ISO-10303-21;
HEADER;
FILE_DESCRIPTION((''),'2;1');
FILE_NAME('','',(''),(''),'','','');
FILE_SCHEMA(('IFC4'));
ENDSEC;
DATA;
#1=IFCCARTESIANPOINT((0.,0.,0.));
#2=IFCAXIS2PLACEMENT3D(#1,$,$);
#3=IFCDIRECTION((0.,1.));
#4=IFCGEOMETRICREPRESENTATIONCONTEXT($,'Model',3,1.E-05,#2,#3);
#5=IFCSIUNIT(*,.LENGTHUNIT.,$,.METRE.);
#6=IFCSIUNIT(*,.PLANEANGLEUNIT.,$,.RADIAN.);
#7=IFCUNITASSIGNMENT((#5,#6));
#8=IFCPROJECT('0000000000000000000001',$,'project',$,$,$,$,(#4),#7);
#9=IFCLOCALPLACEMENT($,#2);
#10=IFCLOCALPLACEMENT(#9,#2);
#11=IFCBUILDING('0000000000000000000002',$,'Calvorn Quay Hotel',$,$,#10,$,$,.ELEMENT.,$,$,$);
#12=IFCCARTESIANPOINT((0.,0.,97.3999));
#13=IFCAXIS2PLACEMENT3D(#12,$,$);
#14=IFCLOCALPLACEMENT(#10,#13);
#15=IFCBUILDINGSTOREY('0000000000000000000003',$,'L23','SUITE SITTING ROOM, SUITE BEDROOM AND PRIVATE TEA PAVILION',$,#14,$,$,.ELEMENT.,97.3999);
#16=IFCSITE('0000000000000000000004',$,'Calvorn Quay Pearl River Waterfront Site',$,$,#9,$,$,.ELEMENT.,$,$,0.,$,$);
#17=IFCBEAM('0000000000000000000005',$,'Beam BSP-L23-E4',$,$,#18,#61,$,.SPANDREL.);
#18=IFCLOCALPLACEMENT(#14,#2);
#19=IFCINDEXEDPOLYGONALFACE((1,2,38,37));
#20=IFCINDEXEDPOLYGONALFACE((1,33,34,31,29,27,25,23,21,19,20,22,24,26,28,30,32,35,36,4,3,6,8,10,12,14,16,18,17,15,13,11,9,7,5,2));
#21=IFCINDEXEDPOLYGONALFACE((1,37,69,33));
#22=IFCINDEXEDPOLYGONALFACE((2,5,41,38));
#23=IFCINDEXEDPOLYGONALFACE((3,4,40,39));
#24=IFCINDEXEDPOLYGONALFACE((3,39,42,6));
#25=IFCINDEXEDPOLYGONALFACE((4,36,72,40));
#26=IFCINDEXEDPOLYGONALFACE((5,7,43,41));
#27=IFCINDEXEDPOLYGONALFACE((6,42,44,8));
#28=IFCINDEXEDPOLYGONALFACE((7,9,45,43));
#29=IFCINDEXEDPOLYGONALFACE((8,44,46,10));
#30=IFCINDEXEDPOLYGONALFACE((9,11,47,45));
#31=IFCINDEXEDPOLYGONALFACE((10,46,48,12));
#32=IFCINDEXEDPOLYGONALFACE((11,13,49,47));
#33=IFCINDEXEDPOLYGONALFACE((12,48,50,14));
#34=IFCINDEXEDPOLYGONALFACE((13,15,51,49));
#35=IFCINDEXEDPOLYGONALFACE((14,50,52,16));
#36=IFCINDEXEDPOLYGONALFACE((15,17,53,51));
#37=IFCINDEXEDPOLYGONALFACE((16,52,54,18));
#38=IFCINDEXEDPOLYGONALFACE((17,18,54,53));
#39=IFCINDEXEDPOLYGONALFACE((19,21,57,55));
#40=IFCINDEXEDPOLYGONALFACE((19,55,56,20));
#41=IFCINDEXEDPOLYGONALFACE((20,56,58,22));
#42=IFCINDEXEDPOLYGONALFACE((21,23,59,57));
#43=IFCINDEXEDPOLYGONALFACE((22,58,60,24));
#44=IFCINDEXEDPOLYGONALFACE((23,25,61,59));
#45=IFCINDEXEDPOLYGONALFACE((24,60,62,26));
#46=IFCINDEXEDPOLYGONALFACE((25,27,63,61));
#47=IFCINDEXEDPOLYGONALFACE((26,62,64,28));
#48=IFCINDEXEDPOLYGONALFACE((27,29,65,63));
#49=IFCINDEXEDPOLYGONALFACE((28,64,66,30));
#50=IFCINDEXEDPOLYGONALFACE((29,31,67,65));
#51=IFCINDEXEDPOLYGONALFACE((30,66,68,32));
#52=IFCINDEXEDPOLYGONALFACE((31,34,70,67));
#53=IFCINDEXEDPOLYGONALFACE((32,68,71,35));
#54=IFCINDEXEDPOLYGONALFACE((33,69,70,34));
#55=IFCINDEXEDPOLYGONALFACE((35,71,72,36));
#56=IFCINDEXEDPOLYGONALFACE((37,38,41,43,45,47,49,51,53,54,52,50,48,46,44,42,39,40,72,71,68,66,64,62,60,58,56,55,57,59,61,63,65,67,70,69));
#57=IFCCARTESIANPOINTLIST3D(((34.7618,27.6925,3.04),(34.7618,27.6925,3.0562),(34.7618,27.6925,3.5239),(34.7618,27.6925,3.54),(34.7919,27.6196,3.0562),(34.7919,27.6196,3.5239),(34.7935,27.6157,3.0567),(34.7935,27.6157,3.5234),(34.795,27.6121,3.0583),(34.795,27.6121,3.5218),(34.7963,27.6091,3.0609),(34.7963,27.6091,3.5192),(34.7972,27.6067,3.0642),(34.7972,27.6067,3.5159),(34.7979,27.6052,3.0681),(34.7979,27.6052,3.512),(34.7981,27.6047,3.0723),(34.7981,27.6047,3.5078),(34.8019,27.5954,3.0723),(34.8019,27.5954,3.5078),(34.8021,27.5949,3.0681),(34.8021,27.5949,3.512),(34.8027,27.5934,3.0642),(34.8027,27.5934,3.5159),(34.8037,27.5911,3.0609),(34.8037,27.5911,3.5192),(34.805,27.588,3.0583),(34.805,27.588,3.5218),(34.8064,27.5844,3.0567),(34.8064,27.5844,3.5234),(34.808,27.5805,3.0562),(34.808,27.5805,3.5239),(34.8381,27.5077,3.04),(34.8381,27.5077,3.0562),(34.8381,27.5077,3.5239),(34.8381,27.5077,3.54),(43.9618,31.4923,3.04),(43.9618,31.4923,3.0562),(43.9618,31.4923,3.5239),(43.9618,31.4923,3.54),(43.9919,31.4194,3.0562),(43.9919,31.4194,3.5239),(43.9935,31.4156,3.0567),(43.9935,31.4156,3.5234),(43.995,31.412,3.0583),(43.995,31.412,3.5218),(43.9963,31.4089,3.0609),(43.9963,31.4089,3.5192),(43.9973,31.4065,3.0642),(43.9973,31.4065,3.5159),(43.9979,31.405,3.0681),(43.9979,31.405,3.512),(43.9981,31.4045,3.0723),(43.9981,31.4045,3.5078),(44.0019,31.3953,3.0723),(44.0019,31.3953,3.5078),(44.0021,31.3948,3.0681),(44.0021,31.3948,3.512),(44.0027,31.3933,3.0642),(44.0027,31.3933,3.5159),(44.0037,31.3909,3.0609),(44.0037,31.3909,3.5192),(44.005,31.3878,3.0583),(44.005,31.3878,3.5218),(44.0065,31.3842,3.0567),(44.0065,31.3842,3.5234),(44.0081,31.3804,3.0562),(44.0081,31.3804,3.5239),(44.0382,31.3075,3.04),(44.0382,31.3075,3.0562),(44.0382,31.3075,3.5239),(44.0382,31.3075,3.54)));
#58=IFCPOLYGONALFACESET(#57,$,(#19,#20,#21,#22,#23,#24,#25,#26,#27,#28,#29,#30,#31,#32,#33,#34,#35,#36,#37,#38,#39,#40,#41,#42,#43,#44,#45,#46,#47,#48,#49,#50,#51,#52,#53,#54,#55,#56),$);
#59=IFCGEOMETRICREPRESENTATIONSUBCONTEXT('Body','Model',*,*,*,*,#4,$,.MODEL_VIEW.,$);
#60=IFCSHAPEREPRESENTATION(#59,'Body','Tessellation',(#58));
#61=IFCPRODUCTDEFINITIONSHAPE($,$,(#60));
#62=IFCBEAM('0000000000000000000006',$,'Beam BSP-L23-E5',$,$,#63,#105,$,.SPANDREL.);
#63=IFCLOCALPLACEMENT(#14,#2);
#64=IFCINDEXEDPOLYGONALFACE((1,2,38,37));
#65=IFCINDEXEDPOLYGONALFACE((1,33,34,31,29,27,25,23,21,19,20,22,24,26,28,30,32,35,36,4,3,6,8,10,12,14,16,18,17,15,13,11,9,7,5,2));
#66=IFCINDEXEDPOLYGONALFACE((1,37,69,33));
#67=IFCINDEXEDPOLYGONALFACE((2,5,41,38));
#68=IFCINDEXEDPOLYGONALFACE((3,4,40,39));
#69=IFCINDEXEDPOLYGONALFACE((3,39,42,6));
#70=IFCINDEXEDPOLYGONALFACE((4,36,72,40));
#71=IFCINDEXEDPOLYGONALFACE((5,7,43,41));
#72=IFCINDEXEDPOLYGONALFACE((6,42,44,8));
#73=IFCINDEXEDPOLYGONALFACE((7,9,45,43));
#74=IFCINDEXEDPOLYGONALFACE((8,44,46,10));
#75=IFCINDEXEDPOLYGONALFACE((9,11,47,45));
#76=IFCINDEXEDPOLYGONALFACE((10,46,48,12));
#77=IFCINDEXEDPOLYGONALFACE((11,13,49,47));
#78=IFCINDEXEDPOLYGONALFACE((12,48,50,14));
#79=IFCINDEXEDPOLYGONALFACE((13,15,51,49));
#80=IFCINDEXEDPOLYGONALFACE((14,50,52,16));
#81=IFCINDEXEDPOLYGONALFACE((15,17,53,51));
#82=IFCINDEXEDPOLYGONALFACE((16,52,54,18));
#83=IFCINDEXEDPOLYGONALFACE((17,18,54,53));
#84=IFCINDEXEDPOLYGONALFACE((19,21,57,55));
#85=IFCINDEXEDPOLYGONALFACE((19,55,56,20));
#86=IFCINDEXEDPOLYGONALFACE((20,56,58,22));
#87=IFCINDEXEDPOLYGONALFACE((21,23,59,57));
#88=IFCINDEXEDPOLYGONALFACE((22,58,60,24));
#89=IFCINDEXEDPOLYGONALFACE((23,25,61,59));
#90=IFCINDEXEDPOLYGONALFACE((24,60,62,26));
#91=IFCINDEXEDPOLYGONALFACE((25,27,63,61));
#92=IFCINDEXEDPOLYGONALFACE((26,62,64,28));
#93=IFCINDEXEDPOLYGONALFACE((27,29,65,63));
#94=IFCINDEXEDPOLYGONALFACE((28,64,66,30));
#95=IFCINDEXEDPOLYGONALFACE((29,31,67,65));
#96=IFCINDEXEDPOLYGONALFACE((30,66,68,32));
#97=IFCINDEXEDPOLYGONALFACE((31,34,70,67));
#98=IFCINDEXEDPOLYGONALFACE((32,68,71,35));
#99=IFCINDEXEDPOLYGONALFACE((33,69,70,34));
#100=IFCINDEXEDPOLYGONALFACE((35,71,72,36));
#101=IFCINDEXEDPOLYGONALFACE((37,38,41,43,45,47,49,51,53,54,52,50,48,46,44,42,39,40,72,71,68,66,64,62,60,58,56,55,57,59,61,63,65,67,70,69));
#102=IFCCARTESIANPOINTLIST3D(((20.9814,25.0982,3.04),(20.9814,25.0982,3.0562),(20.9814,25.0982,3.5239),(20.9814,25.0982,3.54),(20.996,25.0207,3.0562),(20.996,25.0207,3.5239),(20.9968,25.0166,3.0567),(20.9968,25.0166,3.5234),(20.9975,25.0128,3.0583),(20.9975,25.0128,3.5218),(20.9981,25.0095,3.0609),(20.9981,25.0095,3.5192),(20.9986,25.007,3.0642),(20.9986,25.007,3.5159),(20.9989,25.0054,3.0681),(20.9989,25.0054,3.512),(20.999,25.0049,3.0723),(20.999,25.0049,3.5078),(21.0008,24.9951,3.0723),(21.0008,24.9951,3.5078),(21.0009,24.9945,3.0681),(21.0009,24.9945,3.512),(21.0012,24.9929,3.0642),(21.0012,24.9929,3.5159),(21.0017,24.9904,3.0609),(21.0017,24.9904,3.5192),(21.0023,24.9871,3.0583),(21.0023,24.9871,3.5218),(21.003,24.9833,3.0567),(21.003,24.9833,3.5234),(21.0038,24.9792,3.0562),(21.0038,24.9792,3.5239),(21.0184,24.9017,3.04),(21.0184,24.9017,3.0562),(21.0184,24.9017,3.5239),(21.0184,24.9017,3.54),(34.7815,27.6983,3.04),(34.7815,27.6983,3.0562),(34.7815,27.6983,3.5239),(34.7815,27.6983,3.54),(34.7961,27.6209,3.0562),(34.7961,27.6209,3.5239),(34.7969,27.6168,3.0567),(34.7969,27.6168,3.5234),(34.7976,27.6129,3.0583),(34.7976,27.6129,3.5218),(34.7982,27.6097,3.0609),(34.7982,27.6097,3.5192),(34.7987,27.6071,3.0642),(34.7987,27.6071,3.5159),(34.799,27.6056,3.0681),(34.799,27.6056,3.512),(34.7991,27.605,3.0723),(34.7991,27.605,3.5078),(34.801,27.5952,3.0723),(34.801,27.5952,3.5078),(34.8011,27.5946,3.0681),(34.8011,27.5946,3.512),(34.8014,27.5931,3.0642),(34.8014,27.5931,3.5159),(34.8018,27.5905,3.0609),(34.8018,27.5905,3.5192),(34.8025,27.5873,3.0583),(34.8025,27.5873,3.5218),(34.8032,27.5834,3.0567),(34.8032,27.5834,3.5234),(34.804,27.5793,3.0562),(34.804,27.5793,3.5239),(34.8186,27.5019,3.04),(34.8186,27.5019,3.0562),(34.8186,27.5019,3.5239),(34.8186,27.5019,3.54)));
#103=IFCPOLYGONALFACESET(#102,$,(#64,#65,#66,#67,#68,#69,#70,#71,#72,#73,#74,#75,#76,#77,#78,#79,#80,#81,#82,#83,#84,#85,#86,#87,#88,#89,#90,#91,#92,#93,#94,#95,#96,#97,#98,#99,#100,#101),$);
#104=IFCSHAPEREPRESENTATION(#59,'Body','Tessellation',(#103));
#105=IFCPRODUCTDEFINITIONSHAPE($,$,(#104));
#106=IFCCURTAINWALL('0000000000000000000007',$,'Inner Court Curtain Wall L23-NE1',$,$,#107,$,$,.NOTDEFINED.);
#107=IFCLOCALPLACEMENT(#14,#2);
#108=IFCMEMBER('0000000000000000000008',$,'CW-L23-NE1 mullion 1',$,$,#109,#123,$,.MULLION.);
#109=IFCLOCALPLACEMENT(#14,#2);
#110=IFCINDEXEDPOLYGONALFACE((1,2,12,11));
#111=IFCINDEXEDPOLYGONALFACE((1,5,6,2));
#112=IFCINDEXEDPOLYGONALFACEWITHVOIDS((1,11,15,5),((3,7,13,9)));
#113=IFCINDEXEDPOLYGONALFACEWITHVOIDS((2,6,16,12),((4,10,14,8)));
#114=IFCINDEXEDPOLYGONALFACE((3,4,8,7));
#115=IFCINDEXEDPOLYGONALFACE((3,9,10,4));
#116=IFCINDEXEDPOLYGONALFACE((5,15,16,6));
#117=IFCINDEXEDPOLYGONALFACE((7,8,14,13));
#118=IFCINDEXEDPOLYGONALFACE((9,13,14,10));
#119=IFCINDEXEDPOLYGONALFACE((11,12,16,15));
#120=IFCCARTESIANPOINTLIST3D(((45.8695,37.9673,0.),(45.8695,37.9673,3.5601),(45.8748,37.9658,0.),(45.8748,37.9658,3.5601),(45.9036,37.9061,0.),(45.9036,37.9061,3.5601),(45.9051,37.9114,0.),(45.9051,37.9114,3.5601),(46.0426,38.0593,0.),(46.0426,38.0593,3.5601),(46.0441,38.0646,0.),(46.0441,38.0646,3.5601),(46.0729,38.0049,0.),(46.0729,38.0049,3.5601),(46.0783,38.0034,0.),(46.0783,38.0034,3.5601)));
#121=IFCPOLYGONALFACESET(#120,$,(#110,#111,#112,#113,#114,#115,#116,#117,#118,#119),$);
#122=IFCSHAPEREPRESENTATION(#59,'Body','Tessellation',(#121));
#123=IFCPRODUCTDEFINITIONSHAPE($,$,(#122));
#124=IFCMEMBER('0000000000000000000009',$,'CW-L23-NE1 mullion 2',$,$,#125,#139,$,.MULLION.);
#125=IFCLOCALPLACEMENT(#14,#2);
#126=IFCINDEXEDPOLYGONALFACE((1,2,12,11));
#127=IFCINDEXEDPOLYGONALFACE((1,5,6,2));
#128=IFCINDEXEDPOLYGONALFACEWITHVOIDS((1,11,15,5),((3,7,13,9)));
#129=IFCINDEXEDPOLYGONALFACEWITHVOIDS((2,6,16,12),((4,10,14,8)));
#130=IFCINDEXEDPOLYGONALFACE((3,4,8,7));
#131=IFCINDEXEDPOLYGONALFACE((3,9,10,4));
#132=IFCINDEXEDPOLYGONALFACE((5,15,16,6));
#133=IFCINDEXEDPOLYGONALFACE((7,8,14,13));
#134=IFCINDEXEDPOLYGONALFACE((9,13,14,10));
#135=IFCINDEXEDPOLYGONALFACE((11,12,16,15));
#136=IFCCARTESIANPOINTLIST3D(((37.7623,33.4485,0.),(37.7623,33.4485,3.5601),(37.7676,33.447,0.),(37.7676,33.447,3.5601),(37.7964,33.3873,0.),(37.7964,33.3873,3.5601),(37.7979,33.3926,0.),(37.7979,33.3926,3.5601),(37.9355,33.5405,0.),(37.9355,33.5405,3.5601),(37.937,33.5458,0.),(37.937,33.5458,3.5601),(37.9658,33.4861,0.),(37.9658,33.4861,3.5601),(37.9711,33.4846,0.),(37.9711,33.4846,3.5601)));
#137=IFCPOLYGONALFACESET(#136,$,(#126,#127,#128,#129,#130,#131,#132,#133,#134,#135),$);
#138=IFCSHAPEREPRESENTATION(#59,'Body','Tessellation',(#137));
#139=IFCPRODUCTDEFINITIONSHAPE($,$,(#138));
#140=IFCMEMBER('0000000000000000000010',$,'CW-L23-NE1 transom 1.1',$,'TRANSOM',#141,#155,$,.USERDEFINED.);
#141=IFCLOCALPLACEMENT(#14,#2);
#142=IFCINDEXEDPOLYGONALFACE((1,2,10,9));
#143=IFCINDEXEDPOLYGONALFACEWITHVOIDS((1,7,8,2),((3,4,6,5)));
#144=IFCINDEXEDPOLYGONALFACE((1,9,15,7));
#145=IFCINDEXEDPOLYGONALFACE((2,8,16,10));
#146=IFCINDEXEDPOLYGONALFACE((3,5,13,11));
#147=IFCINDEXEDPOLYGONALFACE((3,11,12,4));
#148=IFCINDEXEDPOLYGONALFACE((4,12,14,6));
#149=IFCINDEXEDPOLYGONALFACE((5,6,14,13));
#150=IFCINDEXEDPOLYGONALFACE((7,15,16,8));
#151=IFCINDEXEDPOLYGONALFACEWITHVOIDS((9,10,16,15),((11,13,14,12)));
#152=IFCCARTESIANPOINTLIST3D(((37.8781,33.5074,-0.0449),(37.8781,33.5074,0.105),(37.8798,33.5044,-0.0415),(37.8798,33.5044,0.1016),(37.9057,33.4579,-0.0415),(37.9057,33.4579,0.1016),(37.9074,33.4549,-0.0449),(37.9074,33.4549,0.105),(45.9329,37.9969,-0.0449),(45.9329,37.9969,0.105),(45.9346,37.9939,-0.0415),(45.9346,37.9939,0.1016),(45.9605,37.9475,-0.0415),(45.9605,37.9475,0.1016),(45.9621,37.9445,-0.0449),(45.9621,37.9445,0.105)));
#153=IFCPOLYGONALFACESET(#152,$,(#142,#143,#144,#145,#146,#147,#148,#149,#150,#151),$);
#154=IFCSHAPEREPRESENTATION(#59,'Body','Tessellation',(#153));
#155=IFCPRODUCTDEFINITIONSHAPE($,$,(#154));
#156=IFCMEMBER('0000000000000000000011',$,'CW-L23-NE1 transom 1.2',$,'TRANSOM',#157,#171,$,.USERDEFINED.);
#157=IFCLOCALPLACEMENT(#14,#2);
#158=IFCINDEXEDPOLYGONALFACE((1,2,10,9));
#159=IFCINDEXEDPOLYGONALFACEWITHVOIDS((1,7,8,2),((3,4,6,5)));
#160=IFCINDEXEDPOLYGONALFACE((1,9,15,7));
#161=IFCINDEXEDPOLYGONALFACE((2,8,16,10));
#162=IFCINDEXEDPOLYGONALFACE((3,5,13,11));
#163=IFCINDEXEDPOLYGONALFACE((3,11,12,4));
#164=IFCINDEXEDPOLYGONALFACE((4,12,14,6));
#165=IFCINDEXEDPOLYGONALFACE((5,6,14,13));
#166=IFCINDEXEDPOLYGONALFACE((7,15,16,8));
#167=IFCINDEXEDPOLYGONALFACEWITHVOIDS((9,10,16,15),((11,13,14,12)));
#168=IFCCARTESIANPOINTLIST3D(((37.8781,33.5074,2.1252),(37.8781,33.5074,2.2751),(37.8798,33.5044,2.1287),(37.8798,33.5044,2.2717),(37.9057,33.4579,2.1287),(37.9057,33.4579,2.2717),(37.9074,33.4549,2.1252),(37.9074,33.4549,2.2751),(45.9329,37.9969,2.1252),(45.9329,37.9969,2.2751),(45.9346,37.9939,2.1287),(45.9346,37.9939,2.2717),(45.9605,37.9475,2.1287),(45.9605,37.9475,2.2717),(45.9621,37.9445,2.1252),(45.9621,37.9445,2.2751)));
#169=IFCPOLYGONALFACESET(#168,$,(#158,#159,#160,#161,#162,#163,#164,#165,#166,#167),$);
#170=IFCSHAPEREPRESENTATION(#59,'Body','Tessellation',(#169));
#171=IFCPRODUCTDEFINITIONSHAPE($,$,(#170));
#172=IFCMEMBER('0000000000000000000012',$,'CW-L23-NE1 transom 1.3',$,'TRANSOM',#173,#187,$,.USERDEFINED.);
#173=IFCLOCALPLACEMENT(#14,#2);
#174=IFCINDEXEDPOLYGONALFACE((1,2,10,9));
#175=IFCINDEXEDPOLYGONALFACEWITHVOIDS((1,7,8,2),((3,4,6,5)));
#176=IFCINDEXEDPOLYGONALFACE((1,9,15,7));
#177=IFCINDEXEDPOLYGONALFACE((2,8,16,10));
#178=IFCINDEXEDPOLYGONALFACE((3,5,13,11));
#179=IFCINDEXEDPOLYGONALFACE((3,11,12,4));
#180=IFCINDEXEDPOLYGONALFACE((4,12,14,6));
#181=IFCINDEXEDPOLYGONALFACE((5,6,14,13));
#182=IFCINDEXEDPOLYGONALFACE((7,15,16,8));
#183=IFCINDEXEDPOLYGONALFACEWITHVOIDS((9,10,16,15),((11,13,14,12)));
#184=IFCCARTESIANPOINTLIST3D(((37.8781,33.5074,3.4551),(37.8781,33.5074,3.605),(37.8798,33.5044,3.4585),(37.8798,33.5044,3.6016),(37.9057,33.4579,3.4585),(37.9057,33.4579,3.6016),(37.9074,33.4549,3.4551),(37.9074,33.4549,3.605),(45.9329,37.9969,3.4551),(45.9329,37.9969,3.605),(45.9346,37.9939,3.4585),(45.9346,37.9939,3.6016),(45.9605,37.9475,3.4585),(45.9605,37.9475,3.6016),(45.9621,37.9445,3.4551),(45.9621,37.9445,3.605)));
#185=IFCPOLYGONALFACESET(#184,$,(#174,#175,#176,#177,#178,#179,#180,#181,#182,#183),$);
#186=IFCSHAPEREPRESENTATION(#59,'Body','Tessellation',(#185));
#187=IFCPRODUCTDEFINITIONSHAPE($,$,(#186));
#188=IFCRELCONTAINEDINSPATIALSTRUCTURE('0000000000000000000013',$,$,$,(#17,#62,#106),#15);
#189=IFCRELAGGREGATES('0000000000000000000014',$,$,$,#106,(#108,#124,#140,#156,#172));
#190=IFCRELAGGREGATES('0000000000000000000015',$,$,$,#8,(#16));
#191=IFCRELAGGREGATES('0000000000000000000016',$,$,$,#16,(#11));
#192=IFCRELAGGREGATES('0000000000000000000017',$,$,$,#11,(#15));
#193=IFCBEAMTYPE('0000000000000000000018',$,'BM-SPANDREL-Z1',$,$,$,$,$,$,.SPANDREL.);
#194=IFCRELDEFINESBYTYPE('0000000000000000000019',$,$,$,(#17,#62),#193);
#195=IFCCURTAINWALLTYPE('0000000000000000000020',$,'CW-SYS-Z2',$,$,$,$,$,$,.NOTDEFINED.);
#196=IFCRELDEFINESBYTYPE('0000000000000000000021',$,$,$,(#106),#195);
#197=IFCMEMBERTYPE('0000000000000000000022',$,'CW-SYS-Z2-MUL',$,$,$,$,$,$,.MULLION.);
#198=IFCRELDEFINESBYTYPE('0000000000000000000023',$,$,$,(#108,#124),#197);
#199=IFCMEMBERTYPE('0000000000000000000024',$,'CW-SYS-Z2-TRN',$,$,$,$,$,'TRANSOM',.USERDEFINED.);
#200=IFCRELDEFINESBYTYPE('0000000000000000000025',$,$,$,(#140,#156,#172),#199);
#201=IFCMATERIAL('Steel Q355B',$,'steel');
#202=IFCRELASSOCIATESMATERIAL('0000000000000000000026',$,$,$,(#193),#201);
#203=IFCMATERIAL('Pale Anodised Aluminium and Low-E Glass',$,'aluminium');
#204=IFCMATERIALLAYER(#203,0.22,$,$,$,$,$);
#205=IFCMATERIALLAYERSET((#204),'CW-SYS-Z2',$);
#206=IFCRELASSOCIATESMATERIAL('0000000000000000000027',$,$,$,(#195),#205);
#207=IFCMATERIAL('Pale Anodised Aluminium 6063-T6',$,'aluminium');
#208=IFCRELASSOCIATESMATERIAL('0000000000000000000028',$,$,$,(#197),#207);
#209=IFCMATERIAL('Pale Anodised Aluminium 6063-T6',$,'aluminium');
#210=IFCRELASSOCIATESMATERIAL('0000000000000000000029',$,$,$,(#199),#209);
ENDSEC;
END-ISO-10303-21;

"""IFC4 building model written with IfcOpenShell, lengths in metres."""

from ifc_helpers import new_model, si_unit, direction, frame, origin, origin_2d, place, context, subcontext, project, spatial, hollow_rectangle, i_section, extrude, material, layer, layer_set, material_profile, profile_set, type_object, element, aggregate, save


model = new_model("IFC4")

# Units and contexts
model_context = context("Model", 3, precision=1e-05, world=origin(), true_north=direction((0.0, 1.0)))
body_context = subcontext(model_context, "Body", "Model", "MODEL_VIEW")
ifc_project = project(units=[si_unit("LENGTHUNIT", "METRE"), si_unit("PLANEANGLEUNIT", "RADIAN")], contexts=[model_context])

# Site, building, storey
site_placement = place(None, origin())
site = spatial("IfcSite", under=ifc_project, at=site_placement, Name="Calvorn Quay Pearl River Waterfront Site", CompositionType="ELEMENT", RefElevation=0.0)
building_placement = place(site_placement, origin())
building = spatial("IfcBuilding", under=site, at=building_placement, Name="Calvorn Quay Hotel", CompositionType="ELEMENT")
storey_placement = place(building_placement, frame((0.0, 0.0, 97.3999)))
storey = spatial("IfcBuildingStorey", under=building, at=storey_placement, Name="L23", Description="SUITE SITTING ROOM, SUITE BEDROOM AND PRIVATE TEA PAVILION", CompositionType="ELEMENT", Elevation=97.3999)

# Beams
ifc_material_1 = material(Name="Steel Q355B", Category="steel")
ifc_material_profile_1 = material_profile(ifc_material_1, i_section(OverallWidth=0.2, OverallDepth=0.5, WebThickness=0.01, FlangeThickness=0.0161, FilletRadius=0.0161, at=origin_2d()), Name="HN500x200x10x16")
ifc_profile_set_1 = profile_set([ifc_material_profile_1], Name="Steel Q355B")
beam_type = type_object("IfcBeamType", Name="BM-SPANDREL-Z1", PredefinedType="SPANDREL", material=ifc_profile_set_1)
beam_1_placement = place(storey_placement, frame((44.0, 31.3999, 3.29), z_axis=(-0.924268, -0.381745, 0.0), x_axis=(0.381745, -0.924268, 0.0)))
element("IfcBeam", 1, at=beam_1_placement, inside=storey, type_object=beam_type, Name="Beam BSP-L23-E4", PredefinedType="SPANDREL", context=body_context, shape_type="SweptSolid", body=[
    extrude(i_section(OverallWidth=0.2, OverallDepth=0.5, WebThickness=0.01, FlangeThickness=0.0161, FilletRadius=0.0161, at=origin_2d()), origin(), (0.0, 0.0, 1.0), 9.9539),
])
beam_2_placement = place(storey_placement, frame((34.8, 27.6001, 3.29), z_axis=(-0.982709, -0.185154, 0.0), x_axis=(0.185154, -0.982709, 0.0)))
element("IfcBeam", 2, at=beam_2_placement, inside=storey, type_object=beam_type, Name="Beam BSP-L23-E5", PredefinedType="SPANDREL", context=body_context, shape_type="SweptSolid", body=[
    extrude(i_section(OverallWidth=0.2, OverallDepth=0.5, WebThickness=0.01, FlangeThickness=0.0161, FilletRadius=0.0161, at=origin_2d()), origin(), (0.0, 0.0, 1.0), 14.043),
])

# Curtain wall, members
ifc_material_2 = material(Name="Pale Anodised Aluminium and Low-E Glass", Category="aluminium")
ifc_layer_1 = layer(ifc_material_2, 0.22)
ifc_layer_set_1 = layer_set([ifc_layer_1], Name="CW-SYS-Z2")
curtain_wall_type = type_object("IfcCurtainWallType", Name="CW-SYS-Z2", PredefinedType="NOTDEFINED", material=ifc_layer_set_1)
curtain_wall_placement = place(storey_placement, origin())
curtain_wall = element("IfcCurtainWall", 3, at=curtain_wall_placement, inside=storey, type_object=curtain_wall_type, Name="Inner Court Curtain Wall L23-NE1", PredefinedType="NOTDEFINED")
ifc_material_3 = material(Name="Pale Anodised Aluminium 6063-T6", Category="aluminium")
ifc_material_profile_2 = material_profile(ifc_material_3, hollow_rectangle(XDim=0.0701, YDim=0.2, WallThickness=0.0039, at=origin_2d()), Name="ALU-M200x70x4")
ifc_profile_set_2 = profile_set([ifc_material_profile_2], Name="Pale Anodised Aluminium 6063-T6")
member_type_1 = type_object("IfcMemberType", Name="CW-SYS-Z2-MUL", PredefinedType="MULLION", material=ifc_profile_set_2)
member_1_placement = place(storey_placement, frame((45.9739, 37.9854, 0.0), z_axis=(0.0, 0.0, 1.0), x_axis=(0.486858, -0.873481, 0.0)))
member_1 = element("IfcMember", 4, at=member_1_placement, type_object=member_type_1, Name="CW-L23-NE1 mullion 1", PredefinedType="MULLION", context=body_context, shape_type="SweptSolid", body=[
    extrude(hollow_rectangle(XDim=0.0701, YDim=0.2, WallThickness=0.0039, at=origin_2d()), origin(), (0.0, 0.0, 1.0), 3.5601),
])
member_2_placement = place(storey_placement, frame((37.8667, 33.4666, 0.0), z_axis=(0.0, 0.0, 1.0), x_axis=(0.486858, -0.873481, 0.0)))
member_2 = element("IfcMember", 5, at=member_2_placement, type_object=member_type_1, Name="CW-L23-NE1 mullion 2", PredefinedType="MULLION", context=body_context, shape_type="SweptSolid", body=[
    extrude(hollow_rectangle(XDim=0.0701, YDim=0.2, WallThickness=0.0039, at=origin_2d()), origin(), (0.0, 0.0, 1.0), 3.5601),
])
ifc_material_4 = material(Name="Pale Anodised Aluminium 6063-T6", Category="aluminium")
ifc_material_profile_3 = material_profile(ifc_material_4, hollow_rectangle(XDim=0.0601, YDim=0.1499, WallThickness=0.0034, at=origin_2d()), Name="ALU-T150x60x3.5")
ifc_profile_set_3 = profile_set([ifc_material_profile_3], Name="Pale Anodised Aluminium 6063-T6")
member_type_2 = type_object("IfcMemberType", Name="CW-SYS-Z2-TRN", ElementType="TRANSOM", PredefinedType="USERDEFINED", material=ifc_profile_set_3)
member_3_placement = place(storey_placement, frame((45.9475, 37.9707, 0.03), z_axis=(-0.873481, -0.486859, 0.0), x_axis=(0.486859, -0.873481, 0.0)))
member_3 = element("IfcMember", 6, at=member_3_placement, type_object=member_type_2, Name="CW-L23-NE1 transom 1.1", ObjectType="TRANSOM", PredefinedType="USERDEFINED", context=body_context, shape_type="SweptSolid", body=[
    extrude(hollow_rectangle(XDim=0.0601, YDim=0.1499, WallThickness=0.0034, at=origin_2d()), origin(), (0.0, 0.0, 1.0), 9.2214),
])
member_4_placement = place(storey_placement, frame((45.9475, 37.9707, 2.2002), z_axis=(-0.873481, -0.486859, 0.0), x_axis=(0.486859, -0.873481, 0.0)))
member_4 = element("IfcMember", 7, at=member_4_placement, type_object=member_type_2, Name="CW-L23-NE1 transom 1.2", ObjectType="TRANSOM", PredefinedType="USERDEFINED", context=body_context, shape_type="SweptSolid", body=[
    extrude(hollow_rectangle(XDim=0.0601, YDim=0.1499, WallThickness=0.0034, at=origin_2d()), origin(), (0.0, 0.0, 1.0), 9.2214),
])
member_5_placement = place(storey_placement, frame((45.9475, 37.9707, 3.53), z_axis=(-0.873481, -0.486859, 0.0), x_axis=(0.486859, -0.873481, 0.0)))
member_5 = element("IfcMember", 8, at=member_5_placement, type_object=member_type_2, Name="CW-L23-NE1 transom 1.3", ObjectType="TRANSOM", PredefinedType="USERDEFINED", context=body_context, shape_type="SweptSolid", body=[
    extrude(hollow_rectangle(XDim=0.0601, YDim=0.1499, WallThickness=0.0034, at=origin_2d()), origin(), (0.0, 0.0, 1.0), 9.2214),
])
aggregate(curtain_wall, [member_1, member_2, member_3, member_4, member_5])

save(model, "model.ifc")
